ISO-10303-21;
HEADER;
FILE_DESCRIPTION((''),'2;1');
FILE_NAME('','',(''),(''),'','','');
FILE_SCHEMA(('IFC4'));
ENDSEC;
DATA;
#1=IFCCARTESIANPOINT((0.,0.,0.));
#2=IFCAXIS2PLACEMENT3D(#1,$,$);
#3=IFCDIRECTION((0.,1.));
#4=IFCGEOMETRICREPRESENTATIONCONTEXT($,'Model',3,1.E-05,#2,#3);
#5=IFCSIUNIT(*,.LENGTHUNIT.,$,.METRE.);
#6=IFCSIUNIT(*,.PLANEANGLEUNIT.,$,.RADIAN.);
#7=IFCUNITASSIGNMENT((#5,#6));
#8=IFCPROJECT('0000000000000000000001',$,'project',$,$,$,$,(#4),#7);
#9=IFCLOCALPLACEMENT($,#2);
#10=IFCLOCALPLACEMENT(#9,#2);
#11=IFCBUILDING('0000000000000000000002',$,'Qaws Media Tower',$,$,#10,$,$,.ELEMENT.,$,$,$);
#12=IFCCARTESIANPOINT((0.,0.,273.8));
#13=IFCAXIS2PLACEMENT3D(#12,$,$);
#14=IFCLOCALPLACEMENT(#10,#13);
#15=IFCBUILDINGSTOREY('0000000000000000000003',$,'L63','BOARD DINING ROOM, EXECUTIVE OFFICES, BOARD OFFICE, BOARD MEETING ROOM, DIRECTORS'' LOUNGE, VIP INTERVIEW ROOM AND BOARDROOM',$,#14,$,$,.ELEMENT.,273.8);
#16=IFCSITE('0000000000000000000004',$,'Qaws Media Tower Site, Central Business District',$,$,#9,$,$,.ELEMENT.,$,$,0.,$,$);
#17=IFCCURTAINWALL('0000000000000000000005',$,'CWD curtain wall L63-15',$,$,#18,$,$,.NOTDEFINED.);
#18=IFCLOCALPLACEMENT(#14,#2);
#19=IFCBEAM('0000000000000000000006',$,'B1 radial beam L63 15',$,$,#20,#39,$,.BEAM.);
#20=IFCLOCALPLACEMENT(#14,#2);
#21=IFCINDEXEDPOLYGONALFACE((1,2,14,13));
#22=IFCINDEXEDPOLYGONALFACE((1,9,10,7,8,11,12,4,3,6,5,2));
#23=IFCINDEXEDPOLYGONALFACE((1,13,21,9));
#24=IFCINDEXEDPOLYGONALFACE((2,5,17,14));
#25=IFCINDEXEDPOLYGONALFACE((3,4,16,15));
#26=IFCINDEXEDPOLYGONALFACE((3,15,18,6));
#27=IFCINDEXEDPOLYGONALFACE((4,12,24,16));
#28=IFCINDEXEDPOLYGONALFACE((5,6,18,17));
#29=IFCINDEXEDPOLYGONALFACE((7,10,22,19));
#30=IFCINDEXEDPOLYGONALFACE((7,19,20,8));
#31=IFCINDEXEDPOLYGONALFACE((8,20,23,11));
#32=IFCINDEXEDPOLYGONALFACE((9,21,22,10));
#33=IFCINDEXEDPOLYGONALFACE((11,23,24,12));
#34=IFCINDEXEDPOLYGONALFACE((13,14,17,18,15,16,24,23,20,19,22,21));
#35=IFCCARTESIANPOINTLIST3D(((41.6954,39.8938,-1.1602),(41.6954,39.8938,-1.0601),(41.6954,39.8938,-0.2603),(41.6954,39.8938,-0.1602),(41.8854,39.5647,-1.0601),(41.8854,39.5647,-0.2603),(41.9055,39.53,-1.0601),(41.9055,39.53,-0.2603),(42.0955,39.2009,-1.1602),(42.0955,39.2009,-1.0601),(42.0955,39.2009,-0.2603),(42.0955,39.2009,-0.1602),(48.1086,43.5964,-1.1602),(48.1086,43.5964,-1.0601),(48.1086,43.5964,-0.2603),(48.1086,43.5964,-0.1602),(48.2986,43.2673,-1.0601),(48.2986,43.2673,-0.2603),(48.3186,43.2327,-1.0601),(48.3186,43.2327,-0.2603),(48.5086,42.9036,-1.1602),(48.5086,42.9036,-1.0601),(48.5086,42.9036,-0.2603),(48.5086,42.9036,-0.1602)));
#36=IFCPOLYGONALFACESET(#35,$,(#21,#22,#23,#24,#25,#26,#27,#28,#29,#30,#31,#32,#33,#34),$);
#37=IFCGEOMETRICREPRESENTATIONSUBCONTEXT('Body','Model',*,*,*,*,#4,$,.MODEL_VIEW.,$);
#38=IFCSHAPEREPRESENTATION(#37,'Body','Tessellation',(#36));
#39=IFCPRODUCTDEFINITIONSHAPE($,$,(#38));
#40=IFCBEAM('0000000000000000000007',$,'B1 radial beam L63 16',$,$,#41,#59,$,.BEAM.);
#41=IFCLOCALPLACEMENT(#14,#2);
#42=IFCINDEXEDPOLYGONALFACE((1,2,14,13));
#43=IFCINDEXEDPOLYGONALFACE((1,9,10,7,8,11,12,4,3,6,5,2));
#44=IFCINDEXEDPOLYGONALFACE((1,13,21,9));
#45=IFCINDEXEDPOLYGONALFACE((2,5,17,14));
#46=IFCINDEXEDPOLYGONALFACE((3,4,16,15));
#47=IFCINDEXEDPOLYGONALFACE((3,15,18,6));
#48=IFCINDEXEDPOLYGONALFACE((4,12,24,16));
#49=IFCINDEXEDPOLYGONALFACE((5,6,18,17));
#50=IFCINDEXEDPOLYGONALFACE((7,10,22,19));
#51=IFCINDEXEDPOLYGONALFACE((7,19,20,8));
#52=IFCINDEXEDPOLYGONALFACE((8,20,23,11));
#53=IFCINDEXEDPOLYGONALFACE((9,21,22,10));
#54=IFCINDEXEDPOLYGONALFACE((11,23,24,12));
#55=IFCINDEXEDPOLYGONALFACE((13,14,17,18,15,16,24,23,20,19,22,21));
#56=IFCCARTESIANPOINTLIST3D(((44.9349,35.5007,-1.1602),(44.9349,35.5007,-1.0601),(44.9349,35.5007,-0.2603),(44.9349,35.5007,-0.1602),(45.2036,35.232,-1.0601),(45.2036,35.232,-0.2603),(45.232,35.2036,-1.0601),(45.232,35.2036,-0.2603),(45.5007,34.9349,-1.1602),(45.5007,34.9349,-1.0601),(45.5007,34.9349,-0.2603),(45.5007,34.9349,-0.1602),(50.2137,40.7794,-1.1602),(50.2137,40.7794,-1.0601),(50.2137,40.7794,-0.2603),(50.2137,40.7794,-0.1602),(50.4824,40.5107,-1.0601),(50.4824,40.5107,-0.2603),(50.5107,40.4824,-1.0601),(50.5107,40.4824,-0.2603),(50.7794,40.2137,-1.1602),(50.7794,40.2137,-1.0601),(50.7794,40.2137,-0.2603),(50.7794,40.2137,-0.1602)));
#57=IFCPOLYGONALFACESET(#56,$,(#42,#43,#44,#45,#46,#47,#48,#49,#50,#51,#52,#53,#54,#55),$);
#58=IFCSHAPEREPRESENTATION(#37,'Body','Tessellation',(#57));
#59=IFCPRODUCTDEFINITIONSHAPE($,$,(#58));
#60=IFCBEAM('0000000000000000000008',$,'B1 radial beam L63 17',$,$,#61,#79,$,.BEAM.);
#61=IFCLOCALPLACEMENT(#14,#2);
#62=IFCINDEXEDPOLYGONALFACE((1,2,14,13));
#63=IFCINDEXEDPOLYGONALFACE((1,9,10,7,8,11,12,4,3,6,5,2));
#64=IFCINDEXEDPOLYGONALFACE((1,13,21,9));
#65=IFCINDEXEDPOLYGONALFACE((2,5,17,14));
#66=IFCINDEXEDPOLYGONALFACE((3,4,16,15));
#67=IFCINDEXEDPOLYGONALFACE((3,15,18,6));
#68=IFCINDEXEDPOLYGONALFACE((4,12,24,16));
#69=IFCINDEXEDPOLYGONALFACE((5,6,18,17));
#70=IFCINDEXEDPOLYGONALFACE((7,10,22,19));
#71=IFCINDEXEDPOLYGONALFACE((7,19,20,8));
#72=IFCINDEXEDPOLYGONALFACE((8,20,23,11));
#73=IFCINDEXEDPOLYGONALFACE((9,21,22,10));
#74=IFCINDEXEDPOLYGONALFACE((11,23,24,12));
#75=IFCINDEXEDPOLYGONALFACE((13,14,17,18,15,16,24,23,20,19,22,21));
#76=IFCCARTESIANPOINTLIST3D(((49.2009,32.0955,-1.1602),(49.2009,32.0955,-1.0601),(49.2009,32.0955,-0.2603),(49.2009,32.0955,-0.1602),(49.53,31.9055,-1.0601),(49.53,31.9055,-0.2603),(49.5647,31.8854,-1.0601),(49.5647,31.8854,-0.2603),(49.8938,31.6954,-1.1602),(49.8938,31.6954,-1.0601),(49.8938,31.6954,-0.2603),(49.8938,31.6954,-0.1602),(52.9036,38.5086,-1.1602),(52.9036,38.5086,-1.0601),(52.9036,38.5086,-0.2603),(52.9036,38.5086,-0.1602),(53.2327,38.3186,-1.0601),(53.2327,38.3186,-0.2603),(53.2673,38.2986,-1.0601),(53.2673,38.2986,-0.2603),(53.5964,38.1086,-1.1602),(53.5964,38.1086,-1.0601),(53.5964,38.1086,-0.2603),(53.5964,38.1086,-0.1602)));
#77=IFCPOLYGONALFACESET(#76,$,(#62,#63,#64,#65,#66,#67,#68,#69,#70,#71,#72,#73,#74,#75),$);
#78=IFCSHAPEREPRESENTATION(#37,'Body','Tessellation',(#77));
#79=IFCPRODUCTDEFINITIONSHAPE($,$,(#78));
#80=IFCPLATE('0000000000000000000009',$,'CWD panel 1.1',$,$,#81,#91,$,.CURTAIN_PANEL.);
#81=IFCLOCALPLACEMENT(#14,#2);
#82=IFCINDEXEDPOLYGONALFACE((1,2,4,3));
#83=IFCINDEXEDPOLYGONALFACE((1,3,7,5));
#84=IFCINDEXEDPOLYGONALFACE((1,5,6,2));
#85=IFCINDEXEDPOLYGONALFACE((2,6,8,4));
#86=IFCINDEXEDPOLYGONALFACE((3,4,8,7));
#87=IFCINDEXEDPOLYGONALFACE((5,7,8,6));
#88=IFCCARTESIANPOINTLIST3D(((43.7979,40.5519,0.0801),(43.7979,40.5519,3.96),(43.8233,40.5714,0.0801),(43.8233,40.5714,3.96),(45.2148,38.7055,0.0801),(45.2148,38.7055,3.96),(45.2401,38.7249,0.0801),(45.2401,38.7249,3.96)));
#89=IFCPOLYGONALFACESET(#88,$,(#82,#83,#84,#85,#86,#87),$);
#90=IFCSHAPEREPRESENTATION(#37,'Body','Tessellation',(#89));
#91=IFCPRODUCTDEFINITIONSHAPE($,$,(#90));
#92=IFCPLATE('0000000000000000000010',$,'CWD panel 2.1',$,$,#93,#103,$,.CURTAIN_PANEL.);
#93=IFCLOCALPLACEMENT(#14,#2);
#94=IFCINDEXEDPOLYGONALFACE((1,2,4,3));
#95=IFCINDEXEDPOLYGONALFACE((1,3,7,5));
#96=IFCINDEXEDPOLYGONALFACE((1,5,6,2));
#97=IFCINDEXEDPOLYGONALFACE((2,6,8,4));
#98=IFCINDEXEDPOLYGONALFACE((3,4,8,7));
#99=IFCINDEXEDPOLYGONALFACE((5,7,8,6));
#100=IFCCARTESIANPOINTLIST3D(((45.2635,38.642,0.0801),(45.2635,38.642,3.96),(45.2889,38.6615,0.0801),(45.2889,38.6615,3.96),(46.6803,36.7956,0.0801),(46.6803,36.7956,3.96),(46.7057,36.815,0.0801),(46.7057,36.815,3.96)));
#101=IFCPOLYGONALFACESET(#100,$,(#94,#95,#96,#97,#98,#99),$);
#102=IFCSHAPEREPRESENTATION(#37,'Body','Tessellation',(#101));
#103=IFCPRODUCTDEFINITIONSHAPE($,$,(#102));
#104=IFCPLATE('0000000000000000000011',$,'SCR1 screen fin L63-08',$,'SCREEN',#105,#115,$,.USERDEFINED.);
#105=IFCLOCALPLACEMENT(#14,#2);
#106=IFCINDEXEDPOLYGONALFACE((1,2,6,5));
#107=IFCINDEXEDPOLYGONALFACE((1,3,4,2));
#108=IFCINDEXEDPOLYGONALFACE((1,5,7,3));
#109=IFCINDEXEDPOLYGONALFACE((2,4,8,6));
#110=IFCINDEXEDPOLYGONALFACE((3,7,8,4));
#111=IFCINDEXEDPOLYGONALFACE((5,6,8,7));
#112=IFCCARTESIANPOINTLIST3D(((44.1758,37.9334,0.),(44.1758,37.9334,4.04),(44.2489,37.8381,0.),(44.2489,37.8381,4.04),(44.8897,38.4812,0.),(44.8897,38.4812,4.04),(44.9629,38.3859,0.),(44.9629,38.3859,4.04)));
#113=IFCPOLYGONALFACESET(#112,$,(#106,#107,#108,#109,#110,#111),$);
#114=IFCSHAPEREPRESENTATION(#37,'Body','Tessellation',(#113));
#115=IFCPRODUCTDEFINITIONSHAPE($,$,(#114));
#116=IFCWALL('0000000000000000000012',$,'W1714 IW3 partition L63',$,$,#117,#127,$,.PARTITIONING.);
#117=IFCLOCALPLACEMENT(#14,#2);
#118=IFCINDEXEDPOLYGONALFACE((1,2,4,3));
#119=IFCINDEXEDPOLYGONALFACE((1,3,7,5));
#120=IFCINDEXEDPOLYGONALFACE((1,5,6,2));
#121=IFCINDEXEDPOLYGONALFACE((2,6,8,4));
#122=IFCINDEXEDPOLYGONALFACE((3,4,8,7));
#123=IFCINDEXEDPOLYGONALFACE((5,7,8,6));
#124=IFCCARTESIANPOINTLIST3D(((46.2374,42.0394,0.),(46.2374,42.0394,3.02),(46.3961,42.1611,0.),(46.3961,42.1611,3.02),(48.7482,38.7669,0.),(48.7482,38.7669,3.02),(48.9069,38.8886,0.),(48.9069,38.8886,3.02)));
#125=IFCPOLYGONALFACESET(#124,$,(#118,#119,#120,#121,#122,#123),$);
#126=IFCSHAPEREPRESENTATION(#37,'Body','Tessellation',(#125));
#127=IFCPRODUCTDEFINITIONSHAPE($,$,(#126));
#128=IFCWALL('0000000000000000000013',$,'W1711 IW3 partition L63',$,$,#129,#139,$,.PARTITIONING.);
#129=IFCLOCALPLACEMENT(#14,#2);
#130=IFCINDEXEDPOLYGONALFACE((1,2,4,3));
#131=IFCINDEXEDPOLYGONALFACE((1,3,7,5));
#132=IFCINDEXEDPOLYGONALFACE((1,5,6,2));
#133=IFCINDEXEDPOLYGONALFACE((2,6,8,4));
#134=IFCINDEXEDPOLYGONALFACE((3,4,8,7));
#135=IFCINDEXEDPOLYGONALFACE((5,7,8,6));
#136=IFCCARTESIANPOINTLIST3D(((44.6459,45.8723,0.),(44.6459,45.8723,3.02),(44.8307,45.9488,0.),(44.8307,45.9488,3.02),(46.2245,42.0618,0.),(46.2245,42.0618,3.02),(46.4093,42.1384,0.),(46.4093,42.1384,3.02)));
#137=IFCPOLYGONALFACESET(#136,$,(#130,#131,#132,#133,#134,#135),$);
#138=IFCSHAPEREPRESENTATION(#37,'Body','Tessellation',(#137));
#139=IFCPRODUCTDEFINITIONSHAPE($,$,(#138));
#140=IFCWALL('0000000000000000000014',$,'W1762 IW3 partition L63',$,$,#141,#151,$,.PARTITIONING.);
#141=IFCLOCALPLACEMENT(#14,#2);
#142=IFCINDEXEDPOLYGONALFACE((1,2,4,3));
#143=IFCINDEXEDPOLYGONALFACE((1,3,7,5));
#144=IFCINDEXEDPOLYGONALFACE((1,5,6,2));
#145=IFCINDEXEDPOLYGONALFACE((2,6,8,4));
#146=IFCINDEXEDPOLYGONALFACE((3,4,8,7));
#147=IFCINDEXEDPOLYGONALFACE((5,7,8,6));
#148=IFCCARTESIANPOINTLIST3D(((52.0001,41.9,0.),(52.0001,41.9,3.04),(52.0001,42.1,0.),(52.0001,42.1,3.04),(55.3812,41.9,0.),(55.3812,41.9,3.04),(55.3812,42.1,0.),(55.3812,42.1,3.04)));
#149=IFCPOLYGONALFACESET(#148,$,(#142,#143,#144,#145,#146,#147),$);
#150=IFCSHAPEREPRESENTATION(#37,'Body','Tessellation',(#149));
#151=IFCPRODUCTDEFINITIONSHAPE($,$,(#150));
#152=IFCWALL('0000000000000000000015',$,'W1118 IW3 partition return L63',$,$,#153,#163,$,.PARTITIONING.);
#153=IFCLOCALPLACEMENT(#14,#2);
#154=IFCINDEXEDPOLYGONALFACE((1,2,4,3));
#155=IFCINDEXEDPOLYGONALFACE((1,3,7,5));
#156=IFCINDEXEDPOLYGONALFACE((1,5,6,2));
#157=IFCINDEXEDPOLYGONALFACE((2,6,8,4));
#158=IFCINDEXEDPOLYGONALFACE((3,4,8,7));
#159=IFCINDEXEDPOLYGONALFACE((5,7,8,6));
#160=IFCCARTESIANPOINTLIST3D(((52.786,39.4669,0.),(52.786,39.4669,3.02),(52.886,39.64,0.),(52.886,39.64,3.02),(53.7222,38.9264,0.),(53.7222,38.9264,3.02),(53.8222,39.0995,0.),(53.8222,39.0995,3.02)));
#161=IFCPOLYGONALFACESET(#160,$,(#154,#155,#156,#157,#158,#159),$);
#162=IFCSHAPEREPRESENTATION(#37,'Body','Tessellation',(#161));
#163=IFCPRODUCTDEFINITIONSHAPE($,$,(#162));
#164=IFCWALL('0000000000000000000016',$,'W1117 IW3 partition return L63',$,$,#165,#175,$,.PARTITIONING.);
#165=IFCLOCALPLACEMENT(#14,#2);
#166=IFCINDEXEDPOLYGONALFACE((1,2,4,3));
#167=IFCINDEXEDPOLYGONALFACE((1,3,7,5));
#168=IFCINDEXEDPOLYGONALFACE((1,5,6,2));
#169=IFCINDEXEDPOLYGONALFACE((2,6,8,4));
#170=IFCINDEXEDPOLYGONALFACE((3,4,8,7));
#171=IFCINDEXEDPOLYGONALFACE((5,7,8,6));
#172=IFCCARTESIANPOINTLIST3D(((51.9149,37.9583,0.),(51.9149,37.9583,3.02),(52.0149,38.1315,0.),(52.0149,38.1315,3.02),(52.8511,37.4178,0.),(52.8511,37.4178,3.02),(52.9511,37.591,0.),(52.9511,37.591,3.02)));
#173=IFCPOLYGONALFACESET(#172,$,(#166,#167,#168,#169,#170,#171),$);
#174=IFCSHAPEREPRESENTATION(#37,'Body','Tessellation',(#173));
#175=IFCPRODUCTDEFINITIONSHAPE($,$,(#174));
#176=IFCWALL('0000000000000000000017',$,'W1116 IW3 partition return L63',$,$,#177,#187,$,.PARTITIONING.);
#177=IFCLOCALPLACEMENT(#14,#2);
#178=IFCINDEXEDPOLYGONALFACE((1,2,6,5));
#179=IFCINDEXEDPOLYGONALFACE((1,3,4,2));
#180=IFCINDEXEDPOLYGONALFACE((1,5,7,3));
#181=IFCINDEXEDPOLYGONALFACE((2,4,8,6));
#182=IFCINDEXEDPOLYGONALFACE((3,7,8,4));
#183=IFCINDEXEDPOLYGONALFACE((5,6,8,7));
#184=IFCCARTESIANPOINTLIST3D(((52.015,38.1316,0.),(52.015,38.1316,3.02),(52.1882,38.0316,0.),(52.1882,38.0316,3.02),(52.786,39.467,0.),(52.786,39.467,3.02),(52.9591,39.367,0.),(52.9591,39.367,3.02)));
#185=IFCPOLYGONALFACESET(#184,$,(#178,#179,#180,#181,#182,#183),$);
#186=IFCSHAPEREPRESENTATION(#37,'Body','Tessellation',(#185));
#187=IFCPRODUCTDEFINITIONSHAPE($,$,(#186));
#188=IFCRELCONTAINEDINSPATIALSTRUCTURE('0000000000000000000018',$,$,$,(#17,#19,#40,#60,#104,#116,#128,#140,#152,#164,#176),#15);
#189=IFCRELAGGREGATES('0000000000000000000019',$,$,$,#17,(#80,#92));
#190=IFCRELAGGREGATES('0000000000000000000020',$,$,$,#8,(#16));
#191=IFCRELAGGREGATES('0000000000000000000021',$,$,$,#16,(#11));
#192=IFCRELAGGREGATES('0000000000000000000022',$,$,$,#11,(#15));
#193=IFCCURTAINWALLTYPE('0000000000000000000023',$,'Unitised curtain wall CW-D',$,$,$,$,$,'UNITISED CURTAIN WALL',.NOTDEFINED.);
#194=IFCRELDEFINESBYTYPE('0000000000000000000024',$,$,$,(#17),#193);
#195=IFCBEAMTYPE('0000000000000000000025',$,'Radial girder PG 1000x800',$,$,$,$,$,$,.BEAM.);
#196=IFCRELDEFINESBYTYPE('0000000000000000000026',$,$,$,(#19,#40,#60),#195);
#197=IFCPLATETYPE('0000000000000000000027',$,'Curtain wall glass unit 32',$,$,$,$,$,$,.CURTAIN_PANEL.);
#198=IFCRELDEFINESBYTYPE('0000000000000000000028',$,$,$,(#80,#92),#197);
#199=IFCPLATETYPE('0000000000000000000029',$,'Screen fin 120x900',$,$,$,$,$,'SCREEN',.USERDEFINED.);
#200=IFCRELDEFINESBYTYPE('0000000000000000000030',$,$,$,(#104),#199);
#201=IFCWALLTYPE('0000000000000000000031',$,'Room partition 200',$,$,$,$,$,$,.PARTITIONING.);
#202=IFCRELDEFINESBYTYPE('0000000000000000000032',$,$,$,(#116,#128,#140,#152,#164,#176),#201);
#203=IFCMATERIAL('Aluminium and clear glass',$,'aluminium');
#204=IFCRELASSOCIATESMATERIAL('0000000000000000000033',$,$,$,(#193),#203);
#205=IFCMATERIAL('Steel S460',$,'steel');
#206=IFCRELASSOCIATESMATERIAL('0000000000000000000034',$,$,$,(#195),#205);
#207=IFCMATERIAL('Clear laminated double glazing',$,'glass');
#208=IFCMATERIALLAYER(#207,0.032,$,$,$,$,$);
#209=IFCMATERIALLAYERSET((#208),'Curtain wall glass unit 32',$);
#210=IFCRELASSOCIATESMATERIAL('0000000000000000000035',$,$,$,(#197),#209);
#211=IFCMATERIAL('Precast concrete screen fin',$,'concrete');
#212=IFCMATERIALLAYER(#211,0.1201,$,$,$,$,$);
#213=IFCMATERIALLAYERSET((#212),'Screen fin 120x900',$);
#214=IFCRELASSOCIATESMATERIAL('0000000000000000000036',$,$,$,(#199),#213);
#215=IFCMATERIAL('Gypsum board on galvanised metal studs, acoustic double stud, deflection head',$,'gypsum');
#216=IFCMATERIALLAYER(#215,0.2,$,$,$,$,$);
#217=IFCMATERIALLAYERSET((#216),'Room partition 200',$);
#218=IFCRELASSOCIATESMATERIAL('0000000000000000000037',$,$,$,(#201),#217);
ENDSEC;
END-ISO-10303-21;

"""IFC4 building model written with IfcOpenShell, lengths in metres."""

from ifc_helpers import new_model, si_unit, direction, frame, frame_2d, origin, origin_2d, place, context, subcontext, project, spatial, rectangle, i_section, extrude, material, layer, layer_set, material_profile, profile_set, type_object, element, aggregate, save


model = new_model("IFC4")

# Units and contexts
model_context = context("Model", 3, precision=1e-05, world=origin(), true_north=direction((0.0, 1.0)))
body_context = subcontext(model_context, "Body", "Model", "MODEL_VIEW")
ifc_project = project(units=[si_unit("LENGTHUNIT", "METRE"), si_unit("PLANEANGLEUNIT", "RADIAN")], contexts=[model_context])

# Site, building, storey
site_placement = place(None, origin())
site = spatial("IfcSite", under=ifc_project, at=site_placement, Name="Qaws Media Tower Site, Central Business District", CompositionType="ELEMENT", RefElevation=0.0)
building_placement = place(site_placement, origin())
building = spatial("IfcBuilding", under=site, at=building_placement, Name="Qaws Media Tower", CompositionType="ELEMENT")
storey_placement = place(building_placement, frame((0.0, 0.0, 273.8)))
storey = spatial("IfcBuildingStorey", under=building, at=storey_placement, Name="L63", Description="BOARD DINING ROOM, EXECUTIVE OFFICES, BOARD OFFICE, BOARD MEETING ROOM, DIRECTORS' LOUNGE, VIP INTERVIEW ROOM AND BOARDROOM", CompositionType="ELEMENT", Elevation=273.8)

# Shared definitions
ifc_material_1 = material(Name="Aluminium and clear glass", Category="aluminium")
curtain_wall_type = type_object("IfcCurtainWallType", Name="Unitised curtain wall CW-D", ElementType="UNITISED CURTAIN WALL", PredefinedType="NOTDEFINED", material=ifc_material_1)

# Curtain wall
curtain_wall_1_placement = place(storey_placement, origin())
curtain_wall_1 = element("IfcCurtainWall", 1, at=curtain_wall_1_placement, inside=storey, type_object=curtain_wall_type, Name="CWD curtain wall L63-15", PredefinedType="NOTDEFINED")

# Beams
ifc_material_2 = material(Name="Steel S460", Category="steel")
ifc_material_profile_1 = material_profile(ifc_material_2, i_section(OverallWidth=0.8, OverallDepth=1.0, WebThickness=0.04, FlangeThickness=0.1001, at=origin_2d()), Name="PG 1000x800")
ifc_profile_set_1 = profile_set([ifc_material_profile_1], Name="Steel S460")
beam_type_1 = type_object("IfcBeamType", Name="Radial girder PG 1000x800", PredefinedType="BEAM", material=ifc_profile_set_1)
beam_1_placement = place(storey_placement, frame((48.3086, 43.25, -0.6602), z_axis=(-0.866023, -0.500004, 0.0), x_axis=(0.500004, -0.866023, 0.0)))
element("IfcBeam", 2, at=beam_1_placement, inside=storey, type_object=beam_type_1, Name="B1 radial beam L63 15", PredefinedType="BEAM", context=body_context, shape_type="SweptSolid", body=[
    extrude(i_section(OverallWidth=0.8, OverallDepth=1.0, WebThickness=0.04, FlangeThickness=0.1001, at=origin_2d()), origin(), (0.0, 0.0, 1.0), 7.4053),
])
beam_2_placement = place(storey_placement, frame((50.4966, 40.4966, -0.6602), z_axis=(-0.707107, -0.707107, 0.0), x_axis=(0.707107, -0.707107, 0.0)))
element("IfcBeam", 3, at=beam_2_placement, inside=storey, type_object=beam_type_1, Name="B1 radial beam L63 16", PredefinedType="BEAM", context=body_context, shape_type="SweptSolid", body=[
    extrude(i_section(OverallWidth=0.8, OverallDepth=1.0, WebThickness=0.04, FlangeThickness=0.1001, at=origin_2d()), origin(), (0.0, 0.0, 1.0), 7.4653),
])
beam_3_placement = place(storey_placement, frame((53.25, 38.3086, -0.6602), z_axis=(-0.500004, -0.866023, 0.0), x_axis=(0.866023, -0.500004, 0.0)))
element("IfcBeam", 4, at=beam_3_placement, inside=storey, type_object=beam_type_1, Name="B1 radial beam L63 17", PredefinedType="BEAM", context=body_context, shape_type="SweptSolid", body=[
    extrude(i_section(OverallWidth=0.8, OverallDepth=1.0, WebThickness=0.04, FlangeThickness=0.1001, at=origin_2d()), origin(), (0.0, 0.0, 1.0), 7.4053),
])

# Plates
ifc_material_3 = material(Name="Clear laminated double glazing", Category="glass")
ifc_layer_1 = layer(ifc_material_3, 0.032)
ifc_layer_set_1 = layer_set([ifc_layer_1], Name="Curtain wall glass unit 32")
plate_type_1 = type_object("IfcPlateType", Name="Curtain wall glass unit 32", PredefinedType="CURTAIN_PANEL", material=ifc_layer_set_1)
plate_1_placement = place(storey_placement, frame((44.519, 39.6384, 0.0801), z_axis=(0.0, 0.0, 1.0), x_axis=(0.608761, -0.793353, 0.0)))
plate_1 = element("IfcPlate", 5, at=plate_1_placement, type_object=plate_type_1, Name="CWD panel 1.1", PredefinedType="CURTAIN_PANEL", context=body_context, shape_type="SweptSolid", body=[
    extrude(rectangle(XDim=2.3274, YDim=0.032, at=origin_2d()), origin(), (0.0, 0.0, 1.0), 3.8799),
])
plate_2_placement = place(storey_placement, frame((45.9846, 37.7285, 0.0801), z_axis=(0.0, 0.0, 1.0), x_axis=(0.608761, -0.793353, 0.0)))
plate_2 = element("IfcPlate", 6, at=plate_2_placement, type_object=plate_type_1, Name="CWD panel 2.1", PredefinedType="CURTAIN_PANEL", context=body_context, shape_type="SweptSolid", body=[
    extrude(rectangle(XDim=2.3274, YDim=0.032, at=origin_2d()), origin(), (0.0, 0.0, 1.0), 3.8799),
])
aggregate(curtain_wall_1, [plate_1, plate_2])
ifc_material_4 = material(Name="Precast concrete screen fin", Category="concrete")
ifc_layer_2 = layer(ifc_material_4, 0.1201)
ifc_layer_set_2 = layer_set([ifc_layer_2], Name="Screen fin 120x900")
plate_type_2 = type_object("IfcPlateType", Name="Screen fin 120x900", ElementType="SCREEN", PredefinedType="USERDEFINED", material=ifc_layer_set_2)
plate_3_placement = place(storey_placement, frame((44.5693, 38.1597, 0.0), z_axis=(0.0, 0.0, 1.0), x_axis=(-0.793353, -0.608761, 0.0)))
element("IfcPlate", 7, at=plate_3_placement, inside=storey, type_object=plate_type_2, Name="SCR1 screen fin L63-08", ObjectType="SCREEN", PredefinedType="USERDEFINED", context=body_context, shape_type="SweptSolid", body=[
    extrude(rectangle(XDim=0.8999, YDim=0.1201, at=origin_2d()), origin(), (0.0, 0.0, 1.0), 4.04),
])

# Shared definitions
ifc_material_5 = material(Name="Gypsum board on galvanised metal studs, acoustic double stud, deflection head", Category="gypsum")
ifc_layer_3 = layer(ifc_material_5, 0.2)
ifc_layer_set_3 = layer_set([ifc_layer_3], Name="Room partition 200")
wall_type = type_object("IfcWallType", Name="Room partition 200", PredefinedType="PARTITIONING", material=ifc_layer_set_3)

# Walls
wall_1_placement = place(storey_placement, frame((48.8276, 38.8276, 0.0), z_axis=(0.0, 0.0, 1.0), x_axis=(-0.608715, 0.793389, 0.0)))
element("IfcWall", 8, at=wall_1_placement, inside=storey, type_object=wall_type, Name="W1714 IW3 partition L63", PredefinedType="PARTITIONING", context=body_context, shape_type="SweptSolid", body=[
    extrude(rectangle(XDim=4.1248, YDim=0.2, at=frame_2d((2.0625, 0.0))), origin(), (0.0, 0.0, 1.0), 3.02),
])
wall_2_placement = place(storey_placement, frame((46.3169, 42.1001, 0.0), z_axis=(0.0, 0.0, 1.0), x_axis=(-0.382732, 0.92386, 0.0)))
element("IfcWall", 9, at=wall_2_placement, inside=storey, type_object=wall_type, Name="W1711 IW3 partition L63", PredefinedType="PARTITIONING", context=body_context, shape_type="SweptSolid", body=[
    extrude(rectangle(XDim=4.1245, YDim=0.2, at=frame_2d((2.0623, 0.0))), origin(), (0.0, 0.0, 1.0), 3.02),
])
wall_3_placement = place(storey_placement, frame((55.3811, 42.0, 0.0), z_axis=(0.0, 0.0, 1.0), x_axis=(-1.0, 0.0, 0.0)))
element("IfcWall", 10, at=wall_3_placement, inside=storey, type_object=wall_type, Name="W1762 IW3 partition L63", PredefinedType="PARTITIONING", context=body_context, shape_type="SweptSolid", body=[
    extrude(rectangle(XDim=3.3811, YDim=0.2, at=frame_2d((1.6904, 0.0))), origin(), (0.0, 0.0, 1.0), 3.04),
])
for number, where, z_axis, x_axis, name in (
    (11, (53.7722, 39.0129, 0.0), (0.0, 0.0, 1.0), (-0.866039, 0.499977, 0.0), "W1118 IW3 partition return L63"),
    (12, (52.9011, 37.5044, 0.0), (0.0, 0.0, 1.0), (-0.866039, 0.499977, 0.0), "W1117 IW3 partition return L63"),
):
    element("IfcWall", number, at=place(storey_placement, frame(where, z_axis=z_axis, x_axis=x_axis)), inside=storey, type_object=wall_type, Name=name, PredefinedType="PARTITIONING", context=body_context, shape_type="SweptSolid", body=[
        extrude(rectangle(XDim=1.0811, YDim=0.2, at=frame_2d((0.5405, 0.0))), origin(), (0.0, 0.0, 1.0), 3.02),
    ])
wall_4_placement = place(storey_placement, frame((52.8726, 39.417, 0.0), z_axis=(0.0, 0.0, 1.0), x_axis=(-0.499987, -0.866033, 0.0)))
element("IfcWall", 13, at=wall_4_placement, inside=storey, type_object=wall_type, Name="W1116 IW3 partition return L63", PredefinedType="PARTITIONING", context=body_context, shape_type="SweptSolid", body=[
    extrude(rectangle(XDim=1.542, YDim=0.2, at=frame_2d((0.771, 0.0))), origin(), (0.0, 0.0, 1.0), 3.02),
])

save(model, "model.ifc")
